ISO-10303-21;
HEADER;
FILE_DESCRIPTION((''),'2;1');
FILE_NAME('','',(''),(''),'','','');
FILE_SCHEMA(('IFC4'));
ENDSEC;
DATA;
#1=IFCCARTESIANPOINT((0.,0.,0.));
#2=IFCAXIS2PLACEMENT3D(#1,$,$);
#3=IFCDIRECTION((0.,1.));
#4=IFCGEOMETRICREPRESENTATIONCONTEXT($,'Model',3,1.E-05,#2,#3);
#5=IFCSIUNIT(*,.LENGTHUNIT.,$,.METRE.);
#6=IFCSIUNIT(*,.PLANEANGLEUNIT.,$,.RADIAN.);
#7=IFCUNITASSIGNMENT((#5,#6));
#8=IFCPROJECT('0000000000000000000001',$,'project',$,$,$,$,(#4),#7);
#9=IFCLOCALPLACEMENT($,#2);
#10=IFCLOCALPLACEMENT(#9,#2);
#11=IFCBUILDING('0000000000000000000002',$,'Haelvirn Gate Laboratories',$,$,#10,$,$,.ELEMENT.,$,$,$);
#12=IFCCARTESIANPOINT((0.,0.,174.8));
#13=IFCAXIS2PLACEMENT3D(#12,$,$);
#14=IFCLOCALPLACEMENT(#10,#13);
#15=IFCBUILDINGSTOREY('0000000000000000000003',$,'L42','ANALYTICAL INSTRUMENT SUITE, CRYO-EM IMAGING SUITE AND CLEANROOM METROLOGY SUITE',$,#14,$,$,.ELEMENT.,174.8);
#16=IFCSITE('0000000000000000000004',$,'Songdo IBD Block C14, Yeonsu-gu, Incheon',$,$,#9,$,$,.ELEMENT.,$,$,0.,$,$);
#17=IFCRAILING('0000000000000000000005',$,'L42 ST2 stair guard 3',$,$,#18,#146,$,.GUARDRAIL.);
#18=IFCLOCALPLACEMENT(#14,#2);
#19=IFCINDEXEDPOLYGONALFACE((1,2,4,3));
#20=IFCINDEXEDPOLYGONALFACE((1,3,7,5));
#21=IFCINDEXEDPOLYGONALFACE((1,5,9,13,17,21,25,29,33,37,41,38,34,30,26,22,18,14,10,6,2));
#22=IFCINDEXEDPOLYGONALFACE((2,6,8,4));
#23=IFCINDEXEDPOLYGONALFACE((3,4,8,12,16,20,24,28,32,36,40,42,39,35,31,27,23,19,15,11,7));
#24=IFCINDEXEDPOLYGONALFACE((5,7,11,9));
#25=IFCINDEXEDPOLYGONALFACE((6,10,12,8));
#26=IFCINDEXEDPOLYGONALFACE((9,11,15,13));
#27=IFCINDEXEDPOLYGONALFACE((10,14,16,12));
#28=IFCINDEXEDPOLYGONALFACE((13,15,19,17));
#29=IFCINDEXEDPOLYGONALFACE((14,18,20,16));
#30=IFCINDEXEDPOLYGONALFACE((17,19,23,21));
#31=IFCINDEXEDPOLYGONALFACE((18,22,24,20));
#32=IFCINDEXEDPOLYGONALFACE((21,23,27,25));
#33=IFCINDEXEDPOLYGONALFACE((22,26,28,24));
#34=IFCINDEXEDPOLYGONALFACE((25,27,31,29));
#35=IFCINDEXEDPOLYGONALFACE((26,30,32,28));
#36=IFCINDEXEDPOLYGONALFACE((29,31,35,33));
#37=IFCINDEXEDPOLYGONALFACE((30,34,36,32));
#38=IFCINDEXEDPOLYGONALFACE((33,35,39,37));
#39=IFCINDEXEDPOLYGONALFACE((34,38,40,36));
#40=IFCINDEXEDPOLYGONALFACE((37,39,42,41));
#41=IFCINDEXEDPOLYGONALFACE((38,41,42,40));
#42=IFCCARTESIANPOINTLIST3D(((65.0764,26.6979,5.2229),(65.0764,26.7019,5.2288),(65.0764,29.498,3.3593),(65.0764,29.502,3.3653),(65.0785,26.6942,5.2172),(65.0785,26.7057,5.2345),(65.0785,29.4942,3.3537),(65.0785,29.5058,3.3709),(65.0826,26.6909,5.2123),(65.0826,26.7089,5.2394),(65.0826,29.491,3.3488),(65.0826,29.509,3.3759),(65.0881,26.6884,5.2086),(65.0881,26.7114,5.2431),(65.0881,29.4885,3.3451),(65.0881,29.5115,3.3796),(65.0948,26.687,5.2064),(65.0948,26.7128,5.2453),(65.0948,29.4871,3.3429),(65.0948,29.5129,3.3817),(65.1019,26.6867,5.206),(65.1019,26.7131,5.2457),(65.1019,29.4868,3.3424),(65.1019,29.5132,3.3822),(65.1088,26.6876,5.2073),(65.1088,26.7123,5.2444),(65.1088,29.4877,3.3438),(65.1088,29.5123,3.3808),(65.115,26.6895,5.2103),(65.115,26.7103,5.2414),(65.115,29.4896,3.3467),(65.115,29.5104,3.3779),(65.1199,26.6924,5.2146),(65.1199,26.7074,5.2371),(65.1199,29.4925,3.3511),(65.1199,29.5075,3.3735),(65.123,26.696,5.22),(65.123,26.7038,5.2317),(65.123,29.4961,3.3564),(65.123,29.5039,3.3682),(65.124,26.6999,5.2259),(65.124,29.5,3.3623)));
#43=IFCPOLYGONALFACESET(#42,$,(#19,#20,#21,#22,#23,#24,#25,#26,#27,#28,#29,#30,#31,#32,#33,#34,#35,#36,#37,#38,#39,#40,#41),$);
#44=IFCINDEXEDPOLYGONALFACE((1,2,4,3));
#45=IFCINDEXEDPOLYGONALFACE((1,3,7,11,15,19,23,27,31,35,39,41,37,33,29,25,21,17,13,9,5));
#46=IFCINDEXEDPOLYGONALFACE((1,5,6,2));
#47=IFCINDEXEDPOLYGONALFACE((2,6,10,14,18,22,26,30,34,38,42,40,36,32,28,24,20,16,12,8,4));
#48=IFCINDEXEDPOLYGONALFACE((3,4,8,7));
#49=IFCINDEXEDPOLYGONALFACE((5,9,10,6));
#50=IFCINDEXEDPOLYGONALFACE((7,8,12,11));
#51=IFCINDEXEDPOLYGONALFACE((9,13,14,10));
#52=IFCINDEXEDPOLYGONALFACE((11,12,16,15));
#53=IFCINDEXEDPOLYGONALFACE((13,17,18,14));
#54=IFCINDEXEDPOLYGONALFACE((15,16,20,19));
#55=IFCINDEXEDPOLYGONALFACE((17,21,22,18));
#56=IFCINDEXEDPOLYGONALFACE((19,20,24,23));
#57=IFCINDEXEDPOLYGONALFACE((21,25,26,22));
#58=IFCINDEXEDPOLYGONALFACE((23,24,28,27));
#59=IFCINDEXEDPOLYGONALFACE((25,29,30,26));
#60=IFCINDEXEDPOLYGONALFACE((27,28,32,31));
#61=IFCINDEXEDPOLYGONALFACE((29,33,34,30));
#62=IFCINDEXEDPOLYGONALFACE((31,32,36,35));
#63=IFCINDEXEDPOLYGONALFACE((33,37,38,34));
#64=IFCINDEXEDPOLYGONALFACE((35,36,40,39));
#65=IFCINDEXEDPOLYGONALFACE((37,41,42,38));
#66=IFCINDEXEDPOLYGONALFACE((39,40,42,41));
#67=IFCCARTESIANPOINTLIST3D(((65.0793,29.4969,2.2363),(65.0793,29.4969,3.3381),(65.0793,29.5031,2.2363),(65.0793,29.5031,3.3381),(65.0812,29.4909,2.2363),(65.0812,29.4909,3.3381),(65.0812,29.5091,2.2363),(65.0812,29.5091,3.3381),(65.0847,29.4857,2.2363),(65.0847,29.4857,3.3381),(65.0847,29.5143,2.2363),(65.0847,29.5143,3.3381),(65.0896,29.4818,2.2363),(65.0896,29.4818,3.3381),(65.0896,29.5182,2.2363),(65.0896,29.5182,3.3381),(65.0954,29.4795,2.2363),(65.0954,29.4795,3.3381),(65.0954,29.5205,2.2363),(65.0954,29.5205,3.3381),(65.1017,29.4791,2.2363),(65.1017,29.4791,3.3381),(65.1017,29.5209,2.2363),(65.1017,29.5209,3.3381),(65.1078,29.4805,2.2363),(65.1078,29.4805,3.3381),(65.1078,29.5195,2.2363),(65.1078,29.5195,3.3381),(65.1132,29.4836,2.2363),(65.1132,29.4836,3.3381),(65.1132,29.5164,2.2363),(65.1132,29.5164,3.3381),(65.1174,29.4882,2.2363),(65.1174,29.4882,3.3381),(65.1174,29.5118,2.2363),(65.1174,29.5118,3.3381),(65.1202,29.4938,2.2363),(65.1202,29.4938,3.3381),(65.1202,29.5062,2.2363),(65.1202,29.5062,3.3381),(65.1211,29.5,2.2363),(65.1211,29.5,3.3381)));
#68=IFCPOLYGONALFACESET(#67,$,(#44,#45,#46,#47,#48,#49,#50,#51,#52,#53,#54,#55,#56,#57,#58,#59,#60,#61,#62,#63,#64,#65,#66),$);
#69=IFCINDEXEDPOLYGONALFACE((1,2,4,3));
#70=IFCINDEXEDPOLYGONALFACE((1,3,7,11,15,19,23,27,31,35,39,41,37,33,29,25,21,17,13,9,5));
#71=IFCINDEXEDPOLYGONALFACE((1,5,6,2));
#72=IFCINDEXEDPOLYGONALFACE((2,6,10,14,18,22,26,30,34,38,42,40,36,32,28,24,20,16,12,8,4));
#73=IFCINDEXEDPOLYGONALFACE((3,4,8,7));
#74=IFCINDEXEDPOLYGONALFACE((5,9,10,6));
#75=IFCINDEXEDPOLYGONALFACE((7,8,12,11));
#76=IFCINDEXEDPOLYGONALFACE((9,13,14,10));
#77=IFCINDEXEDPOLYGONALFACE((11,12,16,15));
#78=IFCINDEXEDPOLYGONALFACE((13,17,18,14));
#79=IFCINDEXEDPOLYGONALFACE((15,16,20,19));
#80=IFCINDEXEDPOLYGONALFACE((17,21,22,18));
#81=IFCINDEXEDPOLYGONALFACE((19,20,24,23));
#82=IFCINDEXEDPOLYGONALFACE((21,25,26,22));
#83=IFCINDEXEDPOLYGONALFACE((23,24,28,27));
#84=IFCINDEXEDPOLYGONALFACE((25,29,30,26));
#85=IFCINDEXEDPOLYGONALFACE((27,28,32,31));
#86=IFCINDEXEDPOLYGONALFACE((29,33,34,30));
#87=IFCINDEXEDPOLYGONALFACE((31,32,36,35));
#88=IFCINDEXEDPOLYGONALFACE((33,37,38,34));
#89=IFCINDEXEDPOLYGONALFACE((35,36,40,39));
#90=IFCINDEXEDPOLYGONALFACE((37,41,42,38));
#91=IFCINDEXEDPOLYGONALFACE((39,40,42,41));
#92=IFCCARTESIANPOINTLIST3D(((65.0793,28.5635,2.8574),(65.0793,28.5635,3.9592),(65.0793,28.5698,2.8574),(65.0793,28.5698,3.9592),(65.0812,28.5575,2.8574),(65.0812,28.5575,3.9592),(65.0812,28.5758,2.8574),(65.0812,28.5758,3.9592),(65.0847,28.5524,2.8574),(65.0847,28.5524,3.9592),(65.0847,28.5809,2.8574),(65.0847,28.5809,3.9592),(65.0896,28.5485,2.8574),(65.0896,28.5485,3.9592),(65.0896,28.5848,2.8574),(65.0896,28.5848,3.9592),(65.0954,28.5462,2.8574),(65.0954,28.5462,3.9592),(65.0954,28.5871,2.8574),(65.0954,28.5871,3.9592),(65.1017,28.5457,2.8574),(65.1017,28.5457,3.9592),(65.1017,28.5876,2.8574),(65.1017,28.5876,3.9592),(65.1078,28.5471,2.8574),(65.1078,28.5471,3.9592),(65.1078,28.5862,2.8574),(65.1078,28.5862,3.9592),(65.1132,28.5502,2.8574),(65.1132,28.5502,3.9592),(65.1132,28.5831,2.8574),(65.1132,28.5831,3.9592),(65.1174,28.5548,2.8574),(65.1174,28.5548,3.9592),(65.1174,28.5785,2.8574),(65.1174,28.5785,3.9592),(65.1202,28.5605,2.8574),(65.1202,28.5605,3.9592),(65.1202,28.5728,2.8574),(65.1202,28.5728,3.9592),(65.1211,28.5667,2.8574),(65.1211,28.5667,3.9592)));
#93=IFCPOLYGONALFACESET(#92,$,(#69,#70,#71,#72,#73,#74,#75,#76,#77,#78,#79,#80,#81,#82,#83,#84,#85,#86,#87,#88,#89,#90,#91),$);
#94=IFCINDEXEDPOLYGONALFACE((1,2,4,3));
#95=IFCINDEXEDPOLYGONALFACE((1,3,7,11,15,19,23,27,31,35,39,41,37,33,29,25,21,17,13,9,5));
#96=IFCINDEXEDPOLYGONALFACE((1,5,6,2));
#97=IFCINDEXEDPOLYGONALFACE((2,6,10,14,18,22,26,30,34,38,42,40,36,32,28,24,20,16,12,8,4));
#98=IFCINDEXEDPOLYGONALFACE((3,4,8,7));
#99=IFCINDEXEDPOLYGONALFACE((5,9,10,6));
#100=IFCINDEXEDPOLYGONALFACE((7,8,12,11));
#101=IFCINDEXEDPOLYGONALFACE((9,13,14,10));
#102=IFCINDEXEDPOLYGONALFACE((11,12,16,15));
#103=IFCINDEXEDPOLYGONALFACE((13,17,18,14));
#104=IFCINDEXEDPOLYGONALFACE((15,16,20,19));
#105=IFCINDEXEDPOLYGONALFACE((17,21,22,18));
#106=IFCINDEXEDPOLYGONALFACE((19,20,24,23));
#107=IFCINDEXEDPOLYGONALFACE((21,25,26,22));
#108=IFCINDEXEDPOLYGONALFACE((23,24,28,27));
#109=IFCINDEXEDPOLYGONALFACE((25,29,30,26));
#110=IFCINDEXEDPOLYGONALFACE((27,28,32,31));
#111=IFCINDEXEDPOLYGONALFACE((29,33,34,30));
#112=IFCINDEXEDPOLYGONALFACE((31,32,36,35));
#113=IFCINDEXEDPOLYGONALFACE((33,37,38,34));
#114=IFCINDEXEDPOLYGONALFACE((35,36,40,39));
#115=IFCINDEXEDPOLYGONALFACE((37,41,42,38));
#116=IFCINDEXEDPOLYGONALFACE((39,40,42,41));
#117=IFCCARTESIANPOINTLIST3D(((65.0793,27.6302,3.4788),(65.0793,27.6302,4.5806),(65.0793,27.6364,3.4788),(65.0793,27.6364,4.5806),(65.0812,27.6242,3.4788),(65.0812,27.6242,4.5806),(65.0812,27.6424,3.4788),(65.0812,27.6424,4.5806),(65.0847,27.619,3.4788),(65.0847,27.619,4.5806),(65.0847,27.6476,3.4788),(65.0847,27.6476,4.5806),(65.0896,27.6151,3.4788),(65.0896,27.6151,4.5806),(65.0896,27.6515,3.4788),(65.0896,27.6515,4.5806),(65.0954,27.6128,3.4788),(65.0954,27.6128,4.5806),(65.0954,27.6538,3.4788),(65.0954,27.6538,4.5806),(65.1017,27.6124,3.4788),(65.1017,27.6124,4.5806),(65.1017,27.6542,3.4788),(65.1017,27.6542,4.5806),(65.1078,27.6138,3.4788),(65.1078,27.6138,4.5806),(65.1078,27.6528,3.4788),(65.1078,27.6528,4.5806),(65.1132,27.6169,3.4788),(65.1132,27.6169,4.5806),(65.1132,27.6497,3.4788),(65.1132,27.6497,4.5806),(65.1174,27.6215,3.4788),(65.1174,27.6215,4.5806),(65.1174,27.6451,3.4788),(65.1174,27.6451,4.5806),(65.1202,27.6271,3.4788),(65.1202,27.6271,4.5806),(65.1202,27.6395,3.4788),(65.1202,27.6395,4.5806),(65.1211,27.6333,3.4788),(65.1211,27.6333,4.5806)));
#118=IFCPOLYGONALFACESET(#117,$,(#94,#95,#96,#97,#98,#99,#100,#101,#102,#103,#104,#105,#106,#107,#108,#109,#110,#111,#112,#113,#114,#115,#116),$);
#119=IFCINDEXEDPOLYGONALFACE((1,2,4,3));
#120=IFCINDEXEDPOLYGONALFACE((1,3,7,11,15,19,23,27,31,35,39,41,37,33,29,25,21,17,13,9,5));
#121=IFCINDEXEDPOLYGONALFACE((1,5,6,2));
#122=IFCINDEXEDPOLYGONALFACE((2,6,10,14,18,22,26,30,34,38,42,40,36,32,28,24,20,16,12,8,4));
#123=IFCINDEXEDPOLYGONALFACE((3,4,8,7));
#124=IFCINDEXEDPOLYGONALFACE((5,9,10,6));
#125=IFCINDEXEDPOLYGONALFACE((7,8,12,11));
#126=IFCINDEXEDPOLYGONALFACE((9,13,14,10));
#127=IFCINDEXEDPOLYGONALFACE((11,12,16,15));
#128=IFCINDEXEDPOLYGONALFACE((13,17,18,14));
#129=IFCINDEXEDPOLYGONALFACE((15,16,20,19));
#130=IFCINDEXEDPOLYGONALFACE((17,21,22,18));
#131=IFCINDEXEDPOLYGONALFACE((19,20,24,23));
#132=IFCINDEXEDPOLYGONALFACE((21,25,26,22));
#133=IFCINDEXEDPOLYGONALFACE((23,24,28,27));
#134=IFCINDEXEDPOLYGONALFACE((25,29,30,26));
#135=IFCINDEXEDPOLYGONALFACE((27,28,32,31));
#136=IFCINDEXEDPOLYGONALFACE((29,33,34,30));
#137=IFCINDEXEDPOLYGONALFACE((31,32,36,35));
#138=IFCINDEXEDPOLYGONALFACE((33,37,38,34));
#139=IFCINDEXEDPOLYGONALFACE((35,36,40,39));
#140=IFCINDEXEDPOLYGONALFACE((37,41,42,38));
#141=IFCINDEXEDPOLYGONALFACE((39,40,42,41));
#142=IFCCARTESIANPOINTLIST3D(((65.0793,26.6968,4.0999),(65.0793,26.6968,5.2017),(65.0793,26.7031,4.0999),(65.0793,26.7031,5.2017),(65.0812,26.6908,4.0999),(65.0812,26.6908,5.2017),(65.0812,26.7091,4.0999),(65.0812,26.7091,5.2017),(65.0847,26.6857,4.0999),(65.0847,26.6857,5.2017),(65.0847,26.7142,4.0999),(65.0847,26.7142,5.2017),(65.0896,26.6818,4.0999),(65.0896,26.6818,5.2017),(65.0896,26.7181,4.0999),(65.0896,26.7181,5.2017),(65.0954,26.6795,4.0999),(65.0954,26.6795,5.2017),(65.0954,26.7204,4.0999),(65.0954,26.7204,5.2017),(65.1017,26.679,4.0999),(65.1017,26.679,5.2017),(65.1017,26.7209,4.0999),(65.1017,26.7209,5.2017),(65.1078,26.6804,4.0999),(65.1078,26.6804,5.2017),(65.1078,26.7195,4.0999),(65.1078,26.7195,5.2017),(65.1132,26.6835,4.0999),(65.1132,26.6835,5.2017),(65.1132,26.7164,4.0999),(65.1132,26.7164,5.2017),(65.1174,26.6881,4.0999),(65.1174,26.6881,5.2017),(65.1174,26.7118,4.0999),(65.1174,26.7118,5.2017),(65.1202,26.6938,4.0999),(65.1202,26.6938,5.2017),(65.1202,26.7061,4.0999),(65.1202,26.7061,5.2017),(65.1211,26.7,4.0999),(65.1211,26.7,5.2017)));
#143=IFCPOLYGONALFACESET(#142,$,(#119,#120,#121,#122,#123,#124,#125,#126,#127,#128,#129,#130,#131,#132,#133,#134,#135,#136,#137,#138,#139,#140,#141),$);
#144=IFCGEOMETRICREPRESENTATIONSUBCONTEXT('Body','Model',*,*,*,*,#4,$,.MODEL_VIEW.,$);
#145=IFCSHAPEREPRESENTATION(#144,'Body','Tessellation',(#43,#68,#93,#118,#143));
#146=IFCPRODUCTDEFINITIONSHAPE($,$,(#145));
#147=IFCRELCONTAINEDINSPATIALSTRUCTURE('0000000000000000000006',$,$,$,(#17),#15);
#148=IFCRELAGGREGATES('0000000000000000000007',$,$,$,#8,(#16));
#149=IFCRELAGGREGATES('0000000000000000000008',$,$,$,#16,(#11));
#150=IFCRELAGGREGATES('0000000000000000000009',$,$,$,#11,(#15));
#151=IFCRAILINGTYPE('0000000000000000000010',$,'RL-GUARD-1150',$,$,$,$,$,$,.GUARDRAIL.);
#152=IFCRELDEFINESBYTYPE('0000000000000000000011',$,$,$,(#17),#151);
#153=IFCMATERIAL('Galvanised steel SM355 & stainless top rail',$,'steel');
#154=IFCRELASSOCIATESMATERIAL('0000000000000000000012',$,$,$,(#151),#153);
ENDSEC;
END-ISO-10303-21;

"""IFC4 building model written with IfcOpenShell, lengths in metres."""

from ifc_helpers import new_model, si_unit, direction, frame, origin, origin_2d, place, context, subcontext, project, spatial, circle, extrude, source, transform, mapped, material, type_object, element, save


model = new_model("IFC4")

# Units and contexts
model_context = context("Model", 3, precision=1e-05, world=origin(), true_north=direction((0.0, 1.0)))
body_context = subcontext(model_context, "Body", "Model", "MODEL_VIEW")
ifc_project = project(units=[si_unit("LENGTHUNIT", "METRE"), si_unit("PLANEANGLEUNIT", "RADIAN")], contexts=[model_context])

# Site, building, storey
site_placement = place(None, origin())
site = spatial("IfcSite", under=ifc_project, at=site_placement, Name="Songdo IBD Block C14, Yeonsu-gu, Incheon", CompositionType="ELEMENT", RefElevation=0.0)
building_placement = place(site_placement, origin())
building = spatial("IfcBuilding", under=site, at=building_placement, Name="Haelvirn Gate Laboratories", CompositionType="ELEMENT")
storey_placement = place(building_placement, frame((0.0, 0.0, 174.8)))
storey = spatial("IfcBuildingStorey", under=building, at=storey_placement, Name="L42", Description="ANALYTICAL INSTRUMENT SUITE, CRYO-EM IMAGING SUITE AND CLEANROOM METROLOGY SUITE", CompositionType="ELEMENT", Elevation=174.8)

# Railing
ifc_material_1 = material(Name="Galvanised steel SM355 & stainless top rail", Category="steel")
railing_type_1 = type_object("IfcRailingType", Name="RL-GUARD-1150", PredefinedType="GUARDRAIL", material=ifc_material_1)
shared_shape_1 = source(origin(), body_context, "Body", "SweptSolid", [
    extrude(circle(Radius=0.0239, at=origin_2d()), frame((0.0, 0.0, 1.126), z_axis=(0.0, -0.832486, 0.554047), x_axis=(1.0, 0.0, 0.0)), (0.0, 0.0, 1.0), 3.3635),
    extrude(circle(Radius=0.021, at=origin_2d()), origin(), (0.0, 0.0, 1.0), 1.1018),
    extrude(circle(Radius=0.021, at=origin_2d()), frame((0.0, -0.9333, 0.6211)), (0.0, 0.0, 1.0), 1.1018),
    extrude(circle(Radius=0.021, at=origin_2d()), frame((0.0, -1.8667, 1.2424)), (0.0, 0.0, 1.0), 1.1018),
    extrude(circle(Radius=0.021, at=origin_2d()), frame((0.0, -2.8, 1.8635)), (0.0, 0.0, 1.0), 1.1018),
])
railing_1_placement = place(storey_placement, frame((65.1001, 29.5, 2.2363)))
element("IfcRailing", 1, at=railing_1_placement, inside=storey, type_object=railing_type_1, Name="L42 ST2 stair guard 3", PredefinedType="GUARDRAIL", context=body_context, shape_type="MappedRepresentation", body=[
    mapped(shared_shape_1, transform((0.0, 0.0, 0.0), scale=1.0)),
])

save(model, "model.ifc")
